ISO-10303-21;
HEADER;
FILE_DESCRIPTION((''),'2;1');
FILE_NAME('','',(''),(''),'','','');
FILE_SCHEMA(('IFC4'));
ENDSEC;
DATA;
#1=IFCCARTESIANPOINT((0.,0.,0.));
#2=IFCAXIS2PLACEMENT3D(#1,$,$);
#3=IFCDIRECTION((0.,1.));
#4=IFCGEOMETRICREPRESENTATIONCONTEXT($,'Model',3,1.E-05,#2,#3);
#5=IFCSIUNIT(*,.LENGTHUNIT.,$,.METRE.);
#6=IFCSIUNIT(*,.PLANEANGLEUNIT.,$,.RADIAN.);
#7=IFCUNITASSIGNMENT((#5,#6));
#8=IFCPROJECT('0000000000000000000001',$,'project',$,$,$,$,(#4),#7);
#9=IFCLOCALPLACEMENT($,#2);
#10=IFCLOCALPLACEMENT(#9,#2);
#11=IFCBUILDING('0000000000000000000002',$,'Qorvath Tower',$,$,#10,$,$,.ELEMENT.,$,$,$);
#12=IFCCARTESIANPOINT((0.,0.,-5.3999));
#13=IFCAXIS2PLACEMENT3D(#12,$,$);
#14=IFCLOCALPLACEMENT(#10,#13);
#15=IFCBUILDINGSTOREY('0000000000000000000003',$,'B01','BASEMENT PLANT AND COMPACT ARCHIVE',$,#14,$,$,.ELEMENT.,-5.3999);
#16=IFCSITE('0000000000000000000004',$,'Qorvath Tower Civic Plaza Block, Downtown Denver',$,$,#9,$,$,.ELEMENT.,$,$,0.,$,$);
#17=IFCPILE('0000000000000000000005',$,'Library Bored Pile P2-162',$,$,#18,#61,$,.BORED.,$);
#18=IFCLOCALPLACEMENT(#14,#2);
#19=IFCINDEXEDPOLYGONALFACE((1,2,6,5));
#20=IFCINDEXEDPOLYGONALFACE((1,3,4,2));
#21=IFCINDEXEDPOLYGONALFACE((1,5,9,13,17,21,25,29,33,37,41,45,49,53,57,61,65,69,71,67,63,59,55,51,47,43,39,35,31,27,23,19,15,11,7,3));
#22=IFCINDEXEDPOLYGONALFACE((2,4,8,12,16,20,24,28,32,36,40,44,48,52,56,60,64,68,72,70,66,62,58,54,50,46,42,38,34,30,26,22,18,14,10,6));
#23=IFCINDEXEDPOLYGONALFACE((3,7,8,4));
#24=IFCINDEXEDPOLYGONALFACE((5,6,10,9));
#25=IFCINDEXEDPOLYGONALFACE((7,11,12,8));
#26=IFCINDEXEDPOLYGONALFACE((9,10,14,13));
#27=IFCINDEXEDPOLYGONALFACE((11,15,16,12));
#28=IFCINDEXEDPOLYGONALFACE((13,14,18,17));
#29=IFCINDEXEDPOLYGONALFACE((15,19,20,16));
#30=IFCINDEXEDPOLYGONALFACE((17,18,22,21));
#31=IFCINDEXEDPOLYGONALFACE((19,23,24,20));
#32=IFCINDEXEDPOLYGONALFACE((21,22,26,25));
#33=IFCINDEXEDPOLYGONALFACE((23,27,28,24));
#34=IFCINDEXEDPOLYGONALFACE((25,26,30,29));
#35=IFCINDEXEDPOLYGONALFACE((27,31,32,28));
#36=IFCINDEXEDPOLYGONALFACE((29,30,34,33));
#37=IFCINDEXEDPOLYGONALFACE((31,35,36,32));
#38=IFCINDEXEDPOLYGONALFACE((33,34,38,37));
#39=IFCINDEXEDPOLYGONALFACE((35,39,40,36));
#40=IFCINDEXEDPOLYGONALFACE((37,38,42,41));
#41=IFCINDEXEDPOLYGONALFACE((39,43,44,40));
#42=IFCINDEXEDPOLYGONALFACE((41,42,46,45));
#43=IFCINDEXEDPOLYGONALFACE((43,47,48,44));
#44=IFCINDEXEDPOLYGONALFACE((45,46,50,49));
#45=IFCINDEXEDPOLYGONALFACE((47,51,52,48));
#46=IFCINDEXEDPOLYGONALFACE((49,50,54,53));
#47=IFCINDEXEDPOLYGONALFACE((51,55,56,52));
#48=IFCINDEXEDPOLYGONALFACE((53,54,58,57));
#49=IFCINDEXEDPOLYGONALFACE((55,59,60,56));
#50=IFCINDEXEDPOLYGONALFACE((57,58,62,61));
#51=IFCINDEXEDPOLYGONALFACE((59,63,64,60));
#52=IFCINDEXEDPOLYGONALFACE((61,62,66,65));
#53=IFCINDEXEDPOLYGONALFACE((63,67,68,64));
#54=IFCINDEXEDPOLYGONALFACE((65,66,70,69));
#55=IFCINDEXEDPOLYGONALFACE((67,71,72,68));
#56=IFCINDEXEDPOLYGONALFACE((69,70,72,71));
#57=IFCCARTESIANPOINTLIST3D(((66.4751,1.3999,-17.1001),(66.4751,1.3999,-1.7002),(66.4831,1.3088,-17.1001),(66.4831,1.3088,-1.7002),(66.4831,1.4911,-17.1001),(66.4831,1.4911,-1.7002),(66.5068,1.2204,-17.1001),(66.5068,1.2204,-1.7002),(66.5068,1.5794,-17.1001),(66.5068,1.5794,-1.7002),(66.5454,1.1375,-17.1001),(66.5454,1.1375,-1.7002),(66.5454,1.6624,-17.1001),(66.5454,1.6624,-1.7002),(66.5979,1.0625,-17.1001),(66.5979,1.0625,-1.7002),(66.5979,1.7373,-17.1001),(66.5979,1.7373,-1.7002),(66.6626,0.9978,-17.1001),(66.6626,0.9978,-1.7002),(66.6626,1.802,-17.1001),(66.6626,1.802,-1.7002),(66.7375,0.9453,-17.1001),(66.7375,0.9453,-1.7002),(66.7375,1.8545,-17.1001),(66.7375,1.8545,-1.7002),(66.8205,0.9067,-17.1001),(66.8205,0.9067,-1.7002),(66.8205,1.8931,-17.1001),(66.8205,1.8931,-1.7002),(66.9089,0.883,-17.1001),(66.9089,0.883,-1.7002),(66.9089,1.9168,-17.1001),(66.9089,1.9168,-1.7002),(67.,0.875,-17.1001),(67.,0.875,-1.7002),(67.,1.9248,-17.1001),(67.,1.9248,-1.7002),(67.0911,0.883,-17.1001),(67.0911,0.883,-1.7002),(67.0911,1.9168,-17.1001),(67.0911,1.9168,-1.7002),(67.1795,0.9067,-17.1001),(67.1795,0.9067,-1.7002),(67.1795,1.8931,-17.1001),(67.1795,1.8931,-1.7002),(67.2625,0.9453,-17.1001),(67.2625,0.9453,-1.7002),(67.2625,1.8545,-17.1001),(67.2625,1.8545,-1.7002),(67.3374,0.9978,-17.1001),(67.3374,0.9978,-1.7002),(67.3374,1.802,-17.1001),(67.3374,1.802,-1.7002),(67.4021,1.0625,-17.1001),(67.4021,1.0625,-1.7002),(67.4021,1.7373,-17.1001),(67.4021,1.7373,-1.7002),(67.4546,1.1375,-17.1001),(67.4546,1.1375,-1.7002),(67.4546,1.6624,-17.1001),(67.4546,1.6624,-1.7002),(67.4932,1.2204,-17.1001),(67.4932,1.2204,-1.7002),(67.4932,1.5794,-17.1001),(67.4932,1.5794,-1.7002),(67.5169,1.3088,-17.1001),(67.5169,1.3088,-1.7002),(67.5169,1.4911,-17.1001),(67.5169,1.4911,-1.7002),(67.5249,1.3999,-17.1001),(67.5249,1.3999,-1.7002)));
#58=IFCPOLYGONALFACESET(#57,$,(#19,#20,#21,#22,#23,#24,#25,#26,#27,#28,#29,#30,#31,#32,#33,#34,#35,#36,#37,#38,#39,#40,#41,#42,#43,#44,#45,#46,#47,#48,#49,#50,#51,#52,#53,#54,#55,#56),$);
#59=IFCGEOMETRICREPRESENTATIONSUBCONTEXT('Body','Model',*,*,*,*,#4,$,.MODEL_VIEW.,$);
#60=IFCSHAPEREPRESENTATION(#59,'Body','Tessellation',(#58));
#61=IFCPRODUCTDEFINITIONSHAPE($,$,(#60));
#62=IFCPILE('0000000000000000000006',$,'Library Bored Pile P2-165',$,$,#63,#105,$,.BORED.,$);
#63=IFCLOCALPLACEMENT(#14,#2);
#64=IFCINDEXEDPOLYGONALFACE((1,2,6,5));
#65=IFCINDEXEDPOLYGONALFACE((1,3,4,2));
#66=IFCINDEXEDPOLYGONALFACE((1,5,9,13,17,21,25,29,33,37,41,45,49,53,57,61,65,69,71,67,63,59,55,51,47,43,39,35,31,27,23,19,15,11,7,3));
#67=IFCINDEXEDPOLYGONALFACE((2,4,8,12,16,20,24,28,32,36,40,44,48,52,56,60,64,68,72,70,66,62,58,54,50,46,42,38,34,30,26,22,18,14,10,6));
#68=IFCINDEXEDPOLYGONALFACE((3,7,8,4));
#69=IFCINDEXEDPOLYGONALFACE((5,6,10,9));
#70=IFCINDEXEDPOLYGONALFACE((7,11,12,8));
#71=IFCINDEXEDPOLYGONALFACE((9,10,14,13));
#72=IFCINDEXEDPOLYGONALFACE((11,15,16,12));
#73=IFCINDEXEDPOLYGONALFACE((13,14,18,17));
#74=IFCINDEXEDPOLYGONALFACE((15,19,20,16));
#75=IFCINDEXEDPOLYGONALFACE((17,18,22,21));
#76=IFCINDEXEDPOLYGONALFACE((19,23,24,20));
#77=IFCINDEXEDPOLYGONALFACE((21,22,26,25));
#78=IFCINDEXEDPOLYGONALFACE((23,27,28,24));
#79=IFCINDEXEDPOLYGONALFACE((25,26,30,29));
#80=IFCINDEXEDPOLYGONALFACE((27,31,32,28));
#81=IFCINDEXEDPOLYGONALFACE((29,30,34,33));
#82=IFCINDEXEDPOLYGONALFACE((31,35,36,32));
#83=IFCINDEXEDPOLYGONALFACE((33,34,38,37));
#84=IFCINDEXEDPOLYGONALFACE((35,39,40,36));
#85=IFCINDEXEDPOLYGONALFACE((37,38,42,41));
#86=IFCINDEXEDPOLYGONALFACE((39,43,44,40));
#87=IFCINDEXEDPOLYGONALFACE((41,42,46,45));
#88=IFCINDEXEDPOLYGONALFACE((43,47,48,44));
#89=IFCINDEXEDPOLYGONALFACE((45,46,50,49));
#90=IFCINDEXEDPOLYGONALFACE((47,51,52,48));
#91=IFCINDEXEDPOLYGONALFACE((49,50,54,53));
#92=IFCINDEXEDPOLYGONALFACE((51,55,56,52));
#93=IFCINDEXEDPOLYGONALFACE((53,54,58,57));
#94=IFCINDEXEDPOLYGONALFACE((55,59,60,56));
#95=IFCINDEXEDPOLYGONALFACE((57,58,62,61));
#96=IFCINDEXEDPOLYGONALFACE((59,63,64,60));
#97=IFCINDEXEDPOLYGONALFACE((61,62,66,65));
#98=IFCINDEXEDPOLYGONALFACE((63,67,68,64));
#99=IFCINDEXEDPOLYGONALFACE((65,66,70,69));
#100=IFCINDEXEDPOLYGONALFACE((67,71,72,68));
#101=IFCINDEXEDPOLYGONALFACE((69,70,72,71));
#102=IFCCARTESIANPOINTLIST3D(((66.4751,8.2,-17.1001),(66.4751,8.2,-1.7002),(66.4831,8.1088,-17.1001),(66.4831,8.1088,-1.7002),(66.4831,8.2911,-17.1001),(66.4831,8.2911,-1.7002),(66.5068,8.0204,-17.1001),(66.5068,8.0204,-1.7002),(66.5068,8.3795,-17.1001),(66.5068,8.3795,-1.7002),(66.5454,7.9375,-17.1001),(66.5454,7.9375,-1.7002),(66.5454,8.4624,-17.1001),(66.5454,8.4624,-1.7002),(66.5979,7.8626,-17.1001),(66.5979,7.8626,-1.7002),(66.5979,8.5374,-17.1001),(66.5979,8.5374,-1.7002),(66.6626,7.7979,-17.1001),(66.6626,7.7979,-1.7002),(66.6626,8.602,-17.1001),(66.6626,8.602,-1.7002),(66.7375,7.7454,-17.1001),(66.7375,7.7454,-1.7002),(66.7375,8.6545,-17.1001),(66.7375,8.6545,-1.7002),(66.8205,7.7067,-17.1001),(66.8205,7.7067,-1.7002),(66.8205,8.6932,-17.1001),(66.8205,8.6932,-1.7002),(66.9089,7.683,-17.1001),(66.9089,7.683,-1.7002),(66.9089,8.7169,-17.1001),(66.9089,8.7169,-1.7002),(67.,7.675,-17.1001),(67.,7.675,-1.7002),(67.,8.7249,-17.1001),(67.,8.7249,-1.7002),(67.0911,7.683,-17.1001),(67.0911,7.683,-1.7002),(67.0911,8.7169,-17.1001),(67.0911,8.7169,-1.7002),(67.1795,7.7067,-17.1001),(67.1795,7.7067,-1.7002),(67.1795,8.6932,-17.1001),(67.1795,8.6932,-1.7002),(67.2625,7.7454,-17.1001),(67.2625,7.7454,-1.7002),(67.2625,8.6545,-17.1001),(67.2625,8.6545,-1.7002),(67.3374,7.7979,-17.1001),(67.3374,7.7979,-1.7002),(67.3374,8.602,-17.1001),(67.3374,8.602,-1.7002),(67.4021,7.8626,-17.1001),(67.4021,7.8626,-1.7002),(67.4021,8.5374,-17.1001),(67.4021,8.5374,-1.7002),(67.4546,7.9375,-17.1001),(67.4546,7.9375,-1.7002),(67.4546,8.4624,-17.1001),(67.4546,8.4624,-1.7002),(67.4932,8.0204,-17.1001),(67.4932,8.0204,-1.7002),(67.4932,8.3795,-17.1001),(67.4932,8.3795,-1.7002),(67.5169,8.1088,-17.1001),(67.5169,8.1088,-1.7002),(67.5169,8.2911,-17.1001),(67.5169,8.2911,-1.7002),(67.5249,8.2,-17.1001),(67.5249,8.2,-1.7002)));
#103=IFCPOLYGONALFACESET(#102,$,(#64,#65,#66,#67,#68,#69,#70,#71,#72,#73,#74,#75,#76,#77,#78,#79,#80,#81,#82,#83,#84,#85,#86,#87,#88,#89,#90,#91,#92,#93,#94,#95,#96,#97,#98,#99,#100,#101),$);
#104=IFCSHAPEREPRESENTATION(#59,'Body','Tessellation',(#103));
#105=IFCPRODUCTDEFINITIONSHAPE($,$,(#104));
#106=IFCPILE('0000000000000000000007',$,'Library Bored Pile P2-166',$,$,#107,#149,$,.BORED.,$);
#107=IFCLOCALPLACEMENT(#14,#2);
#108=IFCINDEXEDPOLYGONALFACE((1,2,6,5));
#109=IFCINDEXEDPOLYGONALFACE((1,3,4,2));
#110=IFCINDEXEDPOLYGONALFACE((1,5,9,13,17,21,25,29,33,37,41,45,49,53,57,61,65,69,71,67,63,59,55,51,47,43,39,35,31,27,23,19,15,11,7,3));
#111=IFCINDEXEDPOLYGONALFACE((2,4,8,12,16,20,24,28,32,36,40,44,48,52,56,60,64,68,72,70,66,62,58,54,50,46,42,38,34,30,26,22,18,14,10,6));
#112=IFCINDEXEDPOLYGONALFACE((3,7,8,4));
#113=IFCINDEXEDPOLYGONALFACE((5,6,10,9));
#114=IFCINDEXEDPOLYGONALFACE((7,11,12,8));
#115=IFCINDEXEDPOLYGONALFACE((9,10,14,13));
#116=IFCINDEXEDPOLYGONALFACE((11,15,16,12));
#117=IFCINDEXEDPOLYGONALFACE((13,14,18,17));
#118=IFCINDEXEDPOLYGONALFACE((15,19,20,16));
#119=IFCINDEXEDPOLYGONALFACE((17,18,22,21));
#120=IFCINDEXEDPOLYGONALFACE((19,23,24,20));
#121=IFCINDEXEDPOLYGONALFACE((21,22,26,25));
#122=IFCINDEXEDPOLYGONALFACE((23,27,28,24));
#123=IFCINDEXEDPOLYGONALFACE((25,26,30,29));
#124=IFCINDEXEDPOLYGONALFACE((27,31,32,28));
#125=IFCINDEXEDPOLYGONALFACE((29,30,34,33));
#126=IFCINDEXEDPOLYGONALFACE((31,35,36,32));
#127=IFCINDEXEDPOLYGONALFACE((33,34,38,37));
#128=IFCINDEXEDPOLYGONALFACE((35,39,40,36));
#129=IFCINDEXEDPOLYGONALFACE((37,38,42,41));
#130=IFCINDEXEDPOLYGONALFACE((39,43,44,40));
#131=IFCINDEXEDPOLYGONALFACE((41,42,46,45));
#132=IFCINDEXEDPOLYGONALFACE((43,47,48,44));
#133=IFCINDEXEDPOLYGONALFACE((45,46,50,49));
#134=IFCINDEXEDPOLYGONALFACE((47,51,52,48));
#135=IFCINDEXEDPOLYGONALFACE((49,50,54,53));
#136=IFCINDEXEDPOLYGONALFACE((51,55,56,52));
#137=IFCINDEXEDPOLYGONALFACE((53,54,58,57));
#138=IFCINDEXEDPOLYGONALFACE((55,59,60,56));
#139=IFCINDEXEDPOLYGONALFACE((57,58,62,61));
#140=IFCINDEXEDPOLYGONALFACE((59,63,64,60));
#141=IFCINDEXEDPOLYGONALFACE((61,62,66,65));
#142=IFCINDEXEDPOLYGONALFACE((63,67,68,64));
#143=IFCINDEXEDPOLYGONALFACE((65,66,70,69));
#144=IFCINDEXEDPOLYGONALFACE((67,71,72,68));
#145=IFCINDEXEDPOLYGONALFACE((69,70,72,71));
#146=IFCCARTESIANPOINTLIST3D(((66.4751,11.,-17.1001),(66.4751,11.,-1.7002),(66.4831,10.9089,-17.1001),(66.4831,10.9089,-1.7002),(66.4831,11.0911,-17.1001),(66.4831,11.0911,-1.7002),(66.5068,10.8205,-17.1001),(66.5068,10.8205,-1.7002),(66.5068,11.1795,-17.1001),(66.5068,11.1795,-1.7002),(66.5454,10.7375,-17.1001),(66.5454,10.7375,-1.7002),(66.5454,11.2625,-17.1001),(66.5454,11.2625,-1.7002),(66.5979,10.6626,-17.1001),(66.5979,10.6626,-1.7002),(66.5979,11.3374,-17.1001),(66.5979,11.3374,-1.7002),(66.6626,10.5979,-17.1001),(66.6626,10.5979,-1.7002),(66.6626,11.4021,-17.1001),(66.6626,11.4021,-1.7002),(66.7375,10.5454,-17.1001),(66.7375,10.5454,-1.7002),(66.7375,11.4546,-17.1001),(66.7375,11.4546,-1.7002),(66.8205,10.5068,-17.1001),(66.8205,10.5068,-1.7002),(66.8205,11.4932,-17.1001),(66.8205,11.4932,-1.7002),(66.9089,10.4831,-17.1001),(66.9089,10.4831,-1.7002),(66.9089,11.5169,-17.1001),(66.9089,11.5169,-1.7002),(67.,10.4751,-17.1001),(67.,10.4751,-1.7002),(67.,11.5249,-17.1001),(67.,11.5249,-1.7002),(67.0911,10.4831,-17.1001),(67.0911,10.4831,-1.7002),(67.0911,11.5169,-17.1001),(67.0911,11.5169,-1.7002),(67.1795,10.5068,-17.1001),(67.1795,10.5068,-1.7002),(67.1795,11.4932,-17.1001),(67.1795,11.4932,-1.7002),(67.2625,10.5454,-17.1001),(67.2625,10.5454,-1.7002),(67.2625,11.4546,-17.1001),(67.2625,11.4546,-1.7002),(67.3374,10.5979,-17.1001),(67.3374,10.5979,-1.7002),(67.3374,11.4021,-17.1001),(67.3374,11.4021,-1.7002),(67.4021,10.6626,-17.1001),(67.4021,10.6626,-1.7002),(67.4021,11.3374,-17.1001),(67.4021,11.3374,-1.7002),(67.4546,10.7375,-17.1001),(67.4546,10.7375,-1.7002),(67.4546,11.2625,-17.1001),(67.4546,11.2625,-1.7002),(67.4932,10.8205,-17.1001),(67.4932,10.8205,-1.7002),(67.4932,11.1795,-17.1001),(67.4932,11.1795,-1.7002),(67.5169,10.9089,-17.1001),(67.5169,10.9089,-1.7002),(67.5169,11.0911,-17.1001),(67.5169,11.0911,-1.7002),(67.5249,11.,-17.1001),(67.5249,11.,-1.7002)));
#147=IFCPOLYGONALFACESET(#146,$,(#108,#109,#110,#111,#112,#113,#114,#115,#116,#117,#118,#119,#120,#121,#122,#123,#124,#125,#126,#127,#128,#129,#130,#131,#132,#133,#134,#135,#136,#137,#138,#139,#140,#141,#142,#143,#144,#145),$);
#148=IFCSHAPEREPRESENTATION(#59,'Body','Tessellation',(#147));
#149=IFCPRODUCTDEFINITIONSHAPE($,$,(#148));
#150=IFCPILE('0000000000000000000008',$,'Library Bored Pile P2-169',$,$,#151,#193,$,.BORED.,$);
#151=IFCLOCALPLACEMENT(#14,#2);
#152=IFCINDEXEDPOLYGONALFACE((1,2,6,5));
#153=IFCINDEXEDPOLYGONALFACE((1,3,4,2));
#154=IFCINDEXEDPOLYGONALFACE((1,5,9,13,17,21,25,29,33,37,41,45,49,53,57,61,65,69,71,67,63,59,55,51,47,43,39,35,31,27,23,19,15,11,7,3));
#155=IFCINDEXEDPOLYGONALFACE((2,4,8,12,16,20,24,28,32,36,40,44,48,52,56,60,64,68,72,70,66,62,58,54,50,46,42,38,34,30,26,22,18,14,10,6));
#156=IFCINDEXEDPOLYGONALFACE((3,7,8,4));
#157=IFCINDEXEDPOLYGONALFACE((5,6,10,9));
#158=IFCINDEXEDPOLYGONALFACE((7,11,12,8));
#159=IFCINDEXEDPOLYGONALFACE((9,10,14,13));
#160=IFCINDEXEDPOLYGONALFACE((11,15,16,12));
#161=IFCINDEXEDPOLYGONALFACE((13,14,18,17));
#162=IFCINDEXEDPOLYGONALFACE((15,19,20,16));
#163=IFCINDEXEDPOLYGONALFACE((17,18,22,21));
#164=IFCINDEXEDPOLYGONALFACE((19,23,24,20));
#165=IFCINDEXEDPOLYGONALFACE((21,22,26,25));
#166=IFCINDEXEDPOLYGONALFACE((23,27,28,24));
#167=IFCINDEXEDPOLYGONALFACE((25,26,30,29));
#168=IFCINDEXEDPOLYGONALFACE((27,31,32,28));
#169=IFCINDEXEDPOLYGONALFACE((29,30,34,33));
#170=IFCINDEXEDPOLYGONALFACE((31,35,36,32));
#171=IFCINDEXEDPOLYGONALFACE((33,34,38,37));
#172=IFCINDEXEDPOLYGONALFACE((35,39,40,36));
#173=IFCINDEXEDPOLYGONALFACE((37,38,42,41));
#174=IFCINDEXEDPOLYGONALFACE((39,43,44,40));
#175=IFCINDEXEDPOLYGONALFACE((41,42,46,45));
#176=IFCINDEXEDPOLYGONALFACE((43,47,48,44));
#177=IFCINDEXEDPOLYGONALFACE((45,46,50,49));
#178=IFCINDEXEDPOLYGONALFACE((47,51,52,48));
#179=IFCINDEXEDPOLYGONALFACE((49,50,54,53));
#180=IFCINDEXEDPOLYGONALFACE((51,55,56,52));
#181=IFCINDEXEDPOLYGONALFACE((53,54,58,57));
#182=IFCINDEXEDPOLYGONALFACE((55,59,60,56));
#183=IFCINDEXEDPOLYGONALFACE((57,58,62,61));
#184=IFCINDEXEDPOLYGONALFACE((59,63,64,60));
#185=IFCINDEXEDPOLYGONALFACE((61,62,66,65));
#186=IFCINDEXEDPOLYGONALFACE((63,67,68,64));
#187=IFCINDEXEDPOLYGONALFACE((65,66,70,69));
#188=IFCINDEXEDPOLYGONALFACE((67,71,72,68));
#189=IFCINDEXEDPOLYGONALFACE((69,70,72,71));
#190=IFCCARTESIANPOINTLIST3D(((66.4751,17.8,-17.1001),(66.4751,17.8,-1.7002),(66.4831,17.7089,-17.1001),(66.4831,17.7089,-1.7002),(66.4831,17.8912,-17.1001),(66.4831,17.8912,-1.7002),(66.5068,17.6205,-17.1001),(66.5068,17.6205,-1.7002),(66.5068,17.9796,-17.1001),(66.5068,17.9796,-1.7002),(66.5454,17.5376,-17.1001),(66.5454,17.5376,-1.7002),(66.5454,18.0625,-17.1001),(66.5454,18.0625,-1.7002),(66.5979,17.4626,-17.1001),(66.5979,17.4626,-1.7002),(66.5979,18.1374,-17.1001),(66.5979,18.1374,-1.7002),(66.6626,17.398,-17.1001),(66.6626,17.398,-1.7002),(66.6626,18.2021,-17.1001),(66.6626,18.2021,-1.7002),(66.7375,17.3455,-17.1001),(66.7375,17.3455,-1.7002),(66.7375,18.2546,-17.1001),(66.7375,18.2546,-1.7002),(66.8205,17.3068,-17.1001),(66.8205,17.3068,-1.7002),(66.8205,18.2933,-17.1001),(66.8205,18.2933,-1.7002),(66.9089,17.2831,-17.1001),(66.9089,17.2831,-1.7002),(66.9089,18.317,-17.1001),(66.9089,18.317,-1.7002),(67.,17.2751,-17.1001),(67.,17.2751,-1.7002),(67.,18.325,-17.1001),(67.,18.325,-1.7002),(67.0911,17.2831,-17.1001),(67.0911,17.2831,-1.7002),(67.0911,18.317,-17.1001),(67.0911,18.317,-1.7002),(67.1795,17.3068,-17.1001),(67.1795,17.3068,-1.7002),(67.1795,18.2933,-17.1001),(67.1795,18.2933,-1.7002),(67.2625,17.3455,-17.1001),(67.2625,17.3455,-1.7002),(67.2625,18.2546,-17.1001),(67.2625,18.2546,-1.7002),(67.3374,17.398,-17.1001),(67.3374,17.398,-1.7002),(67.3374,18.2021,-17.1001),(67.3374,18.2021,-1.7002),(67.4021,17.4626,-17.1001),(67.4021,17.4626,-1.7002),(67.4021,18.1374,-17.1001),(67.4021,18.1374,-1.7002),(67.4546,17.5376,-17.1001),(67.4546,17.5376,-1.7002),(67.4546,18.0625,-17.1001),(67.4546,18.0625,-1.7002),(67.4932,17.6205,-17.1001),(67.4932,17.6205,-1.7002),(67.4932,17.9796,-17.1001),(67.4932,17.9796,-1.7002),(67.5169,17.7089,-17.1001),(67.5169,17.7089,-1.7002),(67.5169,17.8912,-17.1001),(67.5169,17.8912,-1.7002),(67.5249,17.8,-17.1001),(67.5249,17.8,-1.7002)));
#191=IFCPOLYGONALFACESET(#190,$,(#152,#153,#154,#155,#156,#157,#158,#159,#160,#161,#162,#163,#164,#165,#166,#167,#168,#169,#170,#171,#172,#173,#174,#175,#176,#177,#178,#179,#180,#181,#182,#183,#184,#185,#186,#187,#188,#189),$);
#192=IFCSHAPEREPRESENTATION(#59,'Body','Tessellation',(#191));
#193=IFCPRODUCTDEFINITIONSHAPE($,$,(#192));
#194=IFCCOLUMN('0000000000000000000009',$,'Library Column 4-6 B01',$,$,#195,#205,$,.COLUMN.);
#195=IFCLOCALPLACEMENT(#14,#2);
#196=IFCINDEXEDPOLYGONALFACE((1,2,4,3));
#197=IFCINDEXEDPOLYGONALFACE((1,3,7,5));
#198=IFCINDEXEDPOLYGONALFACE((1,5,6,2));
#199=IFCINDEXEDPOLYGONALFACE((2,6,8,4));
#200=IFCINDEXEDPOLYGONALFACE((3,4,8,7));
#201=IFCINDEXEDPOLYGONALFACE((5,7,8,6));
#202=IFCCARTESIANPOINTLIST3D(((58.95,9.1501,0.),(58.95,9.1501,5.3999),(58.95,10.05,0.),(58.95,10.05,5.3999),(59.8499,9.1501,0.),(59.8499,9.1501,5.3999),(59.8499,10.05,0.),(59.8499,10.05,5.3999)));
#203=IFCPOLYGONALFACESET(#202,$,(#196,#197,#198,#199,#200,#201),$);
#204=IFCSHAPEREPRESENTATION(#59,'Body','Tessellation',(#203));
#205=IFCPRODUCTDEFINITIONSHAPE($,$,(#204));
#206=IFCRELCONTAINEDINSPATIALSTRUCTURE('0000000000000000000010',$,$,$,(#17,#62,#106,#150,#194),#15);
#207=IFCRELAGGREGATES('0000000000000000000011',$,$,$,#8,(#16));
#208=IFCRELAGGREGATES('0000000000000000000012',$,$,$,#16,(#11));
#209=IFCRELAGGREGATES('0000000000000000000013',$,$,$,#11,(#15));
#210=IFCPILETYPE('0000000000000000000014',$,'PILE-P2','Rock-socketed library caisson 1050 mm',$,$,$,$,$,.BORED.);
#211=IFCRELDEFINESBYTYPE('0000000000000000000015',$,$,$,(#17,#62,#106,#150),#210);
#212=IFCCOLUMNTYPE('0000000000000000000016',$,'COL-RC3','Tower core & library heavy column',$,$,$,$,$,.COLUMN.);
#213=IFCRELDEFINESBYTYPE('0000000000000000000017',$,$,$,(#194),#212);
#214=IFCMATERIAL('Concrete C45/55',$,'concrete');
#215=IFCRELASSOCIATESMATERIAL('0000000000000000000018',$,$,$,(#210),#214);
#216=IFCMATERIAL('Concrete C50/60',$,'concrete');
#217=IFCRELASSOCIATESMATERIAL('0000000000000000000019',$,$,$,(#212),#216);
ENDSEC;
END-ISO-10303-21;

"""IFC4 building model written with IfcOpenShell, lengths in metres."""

from ifc_helpers import new_model, si_unit, direction, frame, origin, origin_2d, place, context, subcontext, project, spatial, rectangle, circle, extrude, material, material_profile, profile_set, type_object, element, save


model = new_model("IFC4")

# Units and contexts
model_context = context("Model", 3, precision=1e-05, world=origin(), true_north=direction((0.0, 1.0)))
body_context = subcontext(model_context, "Body", "Model", "MODEL_VIEW")
ifc_project = project(units=[si_unit("LENGTHUNIT", "METRE"), si_unit("PLANEANGLEUNIT", "RADIAN")], contexts=[model_context])

# Site, building, storey
site_placement = place(None, origin())
site = spatial("IfcSite", under=ifc_project, at=site_placement, Name="Qorvath Tower Civic Plaza Block, Downtown Denver", CompositionType="ELEMENT", RefElevation=0.0)
building_placement = place(site_placement, origin())
building = spatial("IfcBuilding", under=site, at=building_placement, Name="Qorvath Tower", CompositionType="ELEMENT")
storey_placement = place(building_placement, frame((0.0, 0.0, -5.3999)))
storey = spatial("IfcBuildingStorey", under=building, at=storey_placement, Name="B01", Description="BASEMENT PLANT AND COMPACT ARCHIVE", CompositionType="ELEMENT", Elevation=-5.3999)

# Piles
ifc_material_1 = material(Name="Concrete C45/55", Category="concrete")
ifc_material_profile_1 = material_profile(ifc_material_1, circle(Radius=0.5249, at=origin_2d()), Name="BORED PILE 1050")
ifc_profile_set_1 = profile_set([ifc_material_profile_1], Name="Concrete C45/55")
pile_type = type_object("IfcPileType", Name="PILE-P2", Description="Rock-socketed library caisson 1050 mm", PredefinedType="BORED", material=ifc_profile_set_1)
for number, where, z_axis, x_axis, name in (
    (1, (67.0, 1.3999, -1.7002), (0.0, 0.0, -1.0), (1.0, 0.0, 0.0), "Library Bored Pile P2-162"),
    (2, (67.0, 8.2, -1.7002), (0.0, 0.0, -1.0), (1.0, 0.0, 0.0), "Library Bored Pile P2-165"),
    (3, (67.0, 11.0, -1.7002), (0.0, 0.0, -1.0), (1.0, 0.0, 0.0), "Library Bored Pile P2-166"),
    (4, (67.0, 17.8, -1.7002), (0.0, 0.0, -1.0), (1.0, 0.0, 0.0), "Library Bored Pile P2-169"),
):
    element("IfcPile", number, at=place(storey_placement, frame(where, z_axis=z_axis, x_axis=x_axis)), inside=storey, type_object=pile_type, Name=name, PredefinedType="BORED", context=body_context, shape_type="SweptSolid", body=[
        extrude(circle(Radius=0.5249, at=origin_2d()), origin(), (0.0, 0.0, 1.0), 15.3999),
    ])

# Column
ifc_material_2 = material(Name="Concrete C50/60", Category="concrete")
ifc_material_profile_2 = material_profile(ifc_material_2, rectangle(XDim=0.8999, YDim=0.8999, at=origin_2d()), Name="RC 900x900")
ifc_profile_set_2 = profile_set([ifc_material_profile_2], Name="Concrete C50/60")
column_type = type_object("IfcColumnType", Name="COL-RC3", Description="Tower core & library heavy column", PredefinedType="COLUMN", material=ifc_profile_set_2)
for number, where, z_axis, x_axis, name in (
    (5, (59.3999, 9.6001, 0.0), (0.0, 0.0, 1.0), (1.0, 0.0, 0.0), "Library Column 4-6 B01"),
):
    element("IfcColumn", number, at=place(storey_placement, frame(where, z_axis=z_axis, x_axis=x_axis)), inside=storey, type_object=column_type, Name=name, PredefinedType="COLUMN", context=body_context, shape_type="SweptSolid", body=[
        extrude(rectangle(XDim=0.8999, YDim=0.8999, at=origin_2d()), origin(), (0.0, 0.0, 1.0), 5.3999),
    ])

save(model, "model.ifc")
